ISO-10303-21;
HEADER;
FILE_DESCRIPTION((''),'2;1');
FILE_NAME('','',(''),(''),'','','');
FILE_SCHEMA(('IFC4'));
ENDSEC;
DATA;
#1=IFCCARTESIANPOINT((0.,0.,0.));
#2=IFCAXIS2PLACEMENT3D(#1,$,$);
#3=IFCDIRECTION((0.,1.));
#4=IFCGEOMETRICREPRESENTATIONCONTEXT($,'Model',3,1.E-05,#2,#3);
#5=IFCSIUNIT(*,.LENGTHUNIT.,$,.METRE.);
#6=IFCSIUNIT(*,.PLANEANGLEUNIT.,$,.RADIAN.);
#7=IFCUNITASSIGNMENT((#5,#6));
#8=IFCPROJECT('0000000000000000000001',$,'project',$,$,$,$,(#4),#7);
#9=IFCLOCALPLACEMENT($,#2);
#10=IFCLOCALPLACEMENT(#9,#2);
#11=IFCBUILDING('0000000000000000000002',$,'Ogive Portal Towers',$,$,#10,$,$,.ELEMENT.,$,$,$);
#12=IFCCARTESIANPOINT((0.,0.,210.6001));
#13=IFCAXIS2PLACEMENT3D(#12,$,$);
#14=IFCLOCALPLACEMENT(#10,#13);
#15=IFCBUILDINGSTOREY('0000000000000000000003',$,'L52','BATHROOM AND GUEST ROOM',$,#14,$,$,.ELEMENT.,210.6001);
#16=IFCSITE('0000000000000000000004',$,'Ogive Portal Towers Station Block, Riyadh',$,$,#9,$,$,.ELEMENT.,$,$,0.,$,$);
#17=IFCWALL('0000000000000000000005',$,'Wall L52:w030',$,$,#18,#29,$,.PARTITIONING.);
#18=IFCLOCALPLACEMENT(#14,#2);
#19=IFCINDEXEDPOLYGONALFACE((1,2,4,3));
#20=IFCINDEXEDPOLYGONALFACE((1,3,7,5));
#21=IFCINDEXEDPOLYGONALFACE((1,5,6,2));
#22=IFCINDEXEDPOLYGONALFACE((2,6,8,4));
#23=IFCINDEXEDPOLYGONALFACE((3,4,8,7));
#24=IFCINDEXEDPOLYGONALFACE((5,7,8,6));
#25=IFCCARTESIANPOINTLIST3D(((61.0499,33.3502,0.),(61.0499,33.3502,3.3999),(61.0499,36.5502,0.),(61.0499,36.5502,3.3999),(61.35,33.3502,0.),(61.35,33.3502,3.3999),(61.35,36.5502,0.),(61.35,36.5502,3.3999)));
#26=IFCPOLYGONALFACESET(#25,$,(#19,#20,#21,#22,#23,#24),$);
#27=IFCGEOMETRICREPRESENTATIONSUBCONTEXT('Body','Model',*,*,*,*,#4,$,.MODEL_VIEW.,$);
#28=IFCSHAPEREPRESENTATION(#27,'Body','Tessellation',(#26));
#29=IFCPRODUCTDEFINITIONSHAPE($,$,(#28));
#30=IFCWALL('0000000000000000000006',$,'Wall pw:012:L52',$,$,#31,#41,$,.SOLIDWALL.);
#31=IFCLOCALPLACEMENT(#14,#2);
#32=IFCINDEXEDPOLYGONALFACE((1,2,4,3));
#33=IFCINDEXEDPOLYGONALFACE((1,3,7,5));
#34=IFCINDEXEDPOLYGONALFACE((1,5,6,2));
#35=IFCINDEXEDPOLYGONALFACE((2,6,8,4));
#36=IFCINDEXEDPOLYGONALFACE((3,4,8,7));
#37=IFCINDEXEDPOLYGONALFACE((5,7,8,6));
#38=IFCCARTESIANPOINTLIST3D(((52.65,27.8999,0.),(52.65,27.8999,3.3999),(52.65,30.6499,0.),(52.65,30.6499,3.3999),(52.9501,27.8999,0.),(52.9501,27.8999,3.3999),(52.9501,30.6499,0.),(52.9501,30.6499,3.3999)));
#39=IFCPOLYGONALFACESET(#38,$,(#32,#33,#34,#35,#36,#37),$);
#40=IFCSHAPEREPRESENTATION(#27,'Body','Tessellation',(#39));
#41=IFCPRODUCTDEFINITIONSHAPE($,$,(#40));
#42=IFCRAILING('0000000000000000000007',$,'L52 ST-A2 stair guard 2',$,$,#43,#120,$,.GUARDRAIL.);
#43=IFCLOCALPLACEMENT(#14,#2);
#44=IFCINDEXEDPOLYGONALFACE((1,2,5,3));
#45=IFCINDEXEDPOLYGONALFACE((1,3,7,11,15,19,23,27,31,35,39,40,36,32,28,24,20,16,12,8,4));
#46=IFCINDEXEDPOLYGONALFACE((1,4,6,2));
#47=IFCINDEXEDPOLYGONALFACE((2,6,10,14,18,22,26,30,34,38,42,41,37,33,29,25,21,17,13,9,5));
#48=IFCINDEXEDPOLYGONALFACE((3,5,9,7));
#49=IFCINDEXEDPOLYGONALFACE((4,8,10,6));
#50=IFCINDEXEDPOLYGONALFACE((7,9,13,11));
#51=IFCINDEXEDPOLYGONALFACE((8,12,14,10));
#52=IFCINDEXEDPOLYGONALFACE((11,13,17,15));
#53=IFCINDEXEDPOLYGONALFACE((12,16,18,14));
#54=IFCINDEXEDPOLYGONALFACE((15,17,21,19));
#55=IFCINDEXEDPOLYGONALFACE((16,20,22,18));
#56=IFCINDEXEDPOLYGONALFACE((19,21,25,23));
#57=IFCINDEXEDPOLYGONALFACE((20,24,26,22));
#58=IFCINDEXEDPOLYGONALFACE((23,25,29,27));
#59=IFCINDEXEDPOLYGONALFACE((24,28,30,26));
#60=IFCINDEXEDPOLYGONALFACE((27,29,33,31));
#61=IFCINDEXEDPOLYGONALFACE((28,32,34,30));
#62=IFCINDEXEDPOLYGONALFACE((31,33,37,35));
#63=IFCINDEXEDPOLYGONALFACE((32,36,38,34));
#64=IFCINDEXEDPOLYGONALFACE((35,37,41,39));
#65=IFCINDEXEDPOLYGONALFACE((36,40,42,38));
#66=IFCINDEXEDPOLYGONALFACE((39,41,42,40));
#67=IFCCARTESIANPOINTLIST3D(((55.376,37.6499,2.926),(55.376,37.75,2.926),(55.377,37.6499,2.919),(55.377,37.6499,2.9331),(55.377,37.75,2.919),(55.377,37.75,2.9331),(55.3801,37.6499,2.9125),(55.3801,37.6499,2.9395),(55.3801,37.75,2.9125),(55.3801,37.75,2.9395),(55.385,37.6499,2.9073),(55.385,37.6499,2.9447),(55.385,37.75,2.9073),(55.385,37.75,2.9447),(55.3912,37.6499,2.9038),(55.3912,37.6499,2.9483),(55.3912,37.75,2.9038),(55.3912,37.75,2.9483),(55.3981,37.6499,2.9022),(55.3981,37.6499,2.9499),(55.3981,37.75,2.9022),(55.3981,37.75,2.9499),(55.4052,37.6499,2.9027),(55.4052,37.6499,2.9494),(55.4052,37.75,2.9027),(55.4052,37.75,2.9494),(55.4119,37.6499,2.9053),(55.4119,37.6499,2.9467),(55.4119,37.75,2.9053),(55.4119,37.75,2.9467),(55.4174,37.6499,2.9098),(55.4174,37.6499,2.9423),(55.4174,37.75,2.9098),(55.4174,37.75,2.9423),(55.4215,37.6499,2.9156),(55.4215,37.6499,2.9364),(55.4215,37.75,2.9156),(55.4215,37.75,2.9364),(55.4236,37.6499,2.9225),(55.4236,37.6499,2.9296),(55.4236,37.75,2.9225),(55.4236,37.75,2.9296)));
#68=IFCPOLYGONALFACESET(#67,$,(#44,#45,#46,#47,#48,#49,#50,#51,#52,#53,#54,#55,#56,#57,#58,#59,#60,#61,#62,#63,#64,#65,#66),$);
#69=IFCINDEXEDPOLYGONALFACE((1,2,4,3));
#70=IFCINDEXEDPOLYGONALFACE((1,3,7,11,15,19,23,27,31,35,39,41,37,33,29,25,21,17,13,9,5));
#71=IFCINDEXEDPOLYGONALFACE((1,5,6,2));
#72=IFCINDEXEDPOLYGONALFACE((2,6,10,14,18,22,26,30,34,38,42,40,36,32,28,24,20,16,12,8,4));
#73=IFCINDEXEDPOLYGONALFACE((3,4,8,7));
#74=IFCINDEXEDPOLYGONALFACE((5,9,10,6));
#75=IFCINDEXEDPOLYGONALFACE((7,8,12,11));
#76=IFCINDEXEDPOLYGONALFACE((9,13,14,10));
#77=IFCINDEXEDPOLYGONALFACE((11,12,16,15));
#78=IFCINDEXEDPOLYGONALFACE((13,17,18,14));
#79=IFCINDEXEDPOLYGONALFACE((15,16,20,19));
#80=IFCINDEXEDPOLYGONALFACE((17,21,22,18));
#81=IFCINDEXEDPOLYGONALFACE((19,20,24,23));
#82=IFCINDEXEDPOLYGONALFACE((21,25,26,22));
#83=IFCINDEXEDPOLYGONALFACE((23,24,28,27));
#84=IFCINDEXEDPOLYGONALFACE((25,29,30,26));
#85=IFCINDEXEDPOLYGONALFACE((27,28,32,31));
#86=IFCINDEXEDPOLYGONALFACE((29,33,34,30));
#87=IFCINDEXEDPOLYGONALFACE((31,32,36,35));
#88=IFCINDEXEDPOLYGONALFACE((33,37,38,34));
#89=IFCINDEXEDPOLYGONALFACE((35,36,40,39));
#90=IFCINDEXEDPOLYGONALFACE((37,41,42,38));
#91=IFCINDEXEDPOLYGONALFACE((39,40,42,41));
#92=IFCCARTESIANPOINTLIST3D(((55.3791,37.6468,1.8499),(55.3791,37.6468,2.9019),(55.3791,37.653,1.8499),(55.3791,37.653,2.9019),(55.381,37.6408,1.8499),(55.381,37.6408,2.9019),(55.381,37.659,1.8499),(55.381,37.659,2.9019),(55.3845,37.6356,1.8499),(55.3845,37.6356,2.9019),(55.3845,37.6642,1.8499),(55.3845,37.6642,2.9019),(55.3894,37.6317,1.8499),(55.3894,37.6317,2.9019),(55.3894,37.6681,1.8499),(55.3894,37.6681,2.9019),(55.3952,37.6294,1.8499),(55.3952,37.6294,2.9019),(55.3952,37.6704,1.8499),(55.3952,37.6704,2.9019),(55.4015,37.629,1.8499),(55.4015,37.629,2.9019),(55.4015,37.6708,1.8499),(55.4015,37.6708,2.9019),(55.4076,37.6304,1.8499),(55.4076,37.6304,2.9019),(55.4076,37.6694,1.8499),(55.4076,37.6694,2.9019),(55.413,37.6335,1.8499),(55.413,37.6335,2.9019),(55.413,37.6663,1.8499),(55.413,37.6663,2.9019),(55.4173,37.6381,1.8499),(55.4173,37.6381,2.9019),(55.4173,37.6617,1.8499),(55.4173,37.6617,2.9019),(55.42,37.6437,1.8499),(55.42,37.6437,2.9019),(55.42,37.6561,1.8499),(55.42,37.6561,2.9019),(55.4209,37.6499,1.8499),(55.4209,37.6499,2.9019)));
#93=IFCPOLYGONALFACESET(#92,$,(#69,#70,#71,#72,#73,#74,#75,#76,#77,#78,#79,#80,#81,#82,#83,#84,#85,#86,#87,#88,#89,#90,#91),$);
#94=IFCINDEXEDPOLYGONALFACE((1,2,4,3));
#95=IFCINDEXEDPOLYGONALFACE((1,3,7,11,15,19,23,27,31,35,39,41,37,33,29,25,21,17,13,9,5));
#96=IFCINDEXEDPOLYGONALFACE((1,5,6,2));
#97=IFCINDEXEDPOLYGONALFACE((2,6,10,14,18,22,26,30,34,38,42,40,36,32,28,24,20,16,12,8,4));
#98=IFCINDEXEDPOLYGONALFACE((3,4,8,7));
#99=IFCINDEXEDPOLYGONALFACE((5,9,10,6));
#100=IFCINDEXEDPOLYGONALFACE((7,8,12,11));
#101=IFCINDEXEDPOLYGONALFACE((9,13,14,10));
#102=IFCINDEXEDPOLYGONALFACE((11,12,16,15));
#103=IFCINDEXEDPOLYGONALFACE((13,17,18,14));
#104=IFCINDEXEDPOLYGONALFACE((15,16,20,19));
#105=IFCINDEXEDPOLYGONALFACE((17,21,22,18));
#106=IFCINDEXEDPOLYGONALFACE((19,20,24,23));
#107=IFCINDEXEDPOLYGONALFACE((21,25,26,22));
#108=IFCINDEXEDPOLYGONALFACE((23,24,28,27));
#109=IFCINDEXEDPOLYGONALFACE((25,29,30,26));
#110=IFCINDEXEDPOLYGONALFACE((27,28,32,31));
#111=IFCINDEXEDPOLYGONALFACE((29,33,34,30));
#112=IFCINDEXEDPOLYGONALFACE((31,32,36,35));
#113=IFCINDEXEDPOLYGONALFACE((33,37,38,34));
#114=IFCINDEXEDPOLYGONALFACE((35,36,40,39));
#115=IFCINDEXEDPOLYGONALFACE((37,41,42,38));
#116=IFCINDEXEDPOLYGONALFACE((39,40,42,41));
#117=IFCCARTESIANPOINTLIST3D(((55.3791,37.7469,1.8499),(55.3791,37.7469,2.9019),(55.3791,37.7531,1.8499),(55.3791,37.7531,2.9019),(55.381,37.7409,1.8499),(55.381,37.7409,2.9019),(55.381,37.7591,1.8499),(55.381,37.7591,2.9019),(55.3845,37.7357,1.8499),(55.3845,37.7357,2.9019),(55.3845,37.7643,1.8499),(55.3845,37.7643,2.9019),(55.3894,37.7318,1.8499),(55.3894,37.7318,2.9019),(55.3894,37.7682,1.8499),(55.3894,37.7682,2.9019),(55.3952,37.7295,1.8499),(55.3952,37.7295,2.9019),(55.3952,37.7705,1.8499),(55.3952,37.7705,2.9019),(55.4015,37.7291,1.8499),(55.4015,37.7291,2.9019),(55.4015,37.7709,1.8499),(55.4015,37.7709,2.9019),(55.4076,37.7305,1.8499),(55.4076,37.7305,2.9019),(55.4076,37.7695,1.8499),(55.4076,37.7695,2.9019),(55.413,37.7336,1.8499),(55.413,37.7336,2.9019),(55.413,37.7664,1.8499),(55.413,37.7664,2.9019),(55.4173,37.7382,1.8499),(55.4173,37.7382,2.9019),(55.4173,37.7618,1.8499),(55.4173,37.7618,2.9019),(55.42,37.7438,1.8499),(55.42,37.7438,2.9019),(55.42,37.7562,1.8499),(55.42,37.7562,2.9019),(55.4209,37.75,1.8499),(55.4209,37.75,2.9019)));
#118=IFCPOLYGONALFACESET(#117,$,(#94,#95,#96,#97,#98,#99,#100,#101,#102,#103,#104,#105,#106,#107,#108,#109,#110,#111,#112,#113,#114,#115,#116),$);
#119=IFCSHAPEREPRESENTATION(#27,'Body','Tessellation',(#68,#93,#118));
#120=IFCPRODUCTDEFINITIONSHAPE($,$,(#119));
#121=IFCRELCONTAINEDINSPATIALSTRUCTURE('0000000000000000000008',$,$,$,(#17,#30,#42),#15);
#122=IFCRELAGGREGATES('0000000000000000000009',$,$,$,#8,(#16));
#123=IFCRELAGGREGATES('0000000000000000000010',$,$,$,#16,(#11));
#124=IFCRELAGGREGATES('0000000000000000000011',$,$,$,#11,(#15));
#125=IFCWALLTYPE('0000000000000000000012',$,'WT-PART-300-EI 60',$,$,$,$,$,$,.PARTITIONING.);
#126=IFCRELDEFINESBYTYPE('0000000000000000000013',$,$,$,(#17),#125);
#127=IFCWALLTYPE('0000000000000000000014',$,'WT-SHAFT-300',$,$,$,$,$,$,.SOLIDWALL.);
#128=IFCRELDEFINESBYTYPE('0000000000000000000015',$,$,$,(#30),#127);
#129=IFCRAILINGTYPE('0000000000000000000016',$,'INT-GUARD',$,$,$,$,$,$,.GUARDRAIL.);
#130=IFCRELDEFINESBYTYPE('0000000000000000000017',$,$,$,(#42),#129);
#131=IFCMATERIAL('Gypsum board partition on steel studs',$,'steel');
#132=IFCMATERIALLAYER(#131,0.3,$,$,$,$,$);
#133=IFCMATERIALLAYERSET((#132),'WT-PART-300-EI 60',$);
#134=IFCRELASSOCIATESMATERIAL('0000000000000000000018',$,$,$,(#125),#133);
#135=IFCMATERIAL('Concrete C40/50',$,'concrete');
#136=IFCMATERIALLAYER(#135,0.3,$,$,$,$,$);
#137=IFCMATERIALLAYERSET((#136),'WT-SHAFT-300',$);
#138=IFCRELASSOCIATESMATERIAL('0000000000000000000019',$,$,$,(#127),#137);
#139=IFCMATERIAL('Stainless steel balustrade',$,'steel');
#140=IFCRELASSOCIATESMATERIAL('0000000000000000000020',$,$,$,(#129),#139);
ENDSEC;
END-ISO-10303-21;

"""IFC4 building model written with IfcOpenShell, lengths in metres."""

from ifc_helpers import new_model, si_unit, direction, frame, frame_2d, origin, origin_2d, place, context, subcontext, project, spatial, rectangle, circle, extrude, material, layer, layer_set, type_object, element, save


model = new_model("IFC4")

# Units and contexts
model_context = context("Model", 3, precision=1e-05, world=origin(), true_north=direction((0.0, 1.0)))
body_context = subcontext(model_context, "Body", "Model", "MODEL_VIEW")
ifc_project = project(units=[si_unit("LENGTHUNIT", "METRE"), si_unit("PLANEANGLEUNIT", "RADIAN")], contexts=[model_context])

# Site, building, storey
site_placement = place(None, origin())
site = spatial("IfcSite", under=ifc_project, at=site_placement, Name="Ogive Portal Towers Station Block, Riyadh", CompositionType="ELEMENT", RefElevation=0.0)
building_placement = place(site_placement, origin())
building = spatial("IfcBuilding", under=site, at=building_placement, Name="Ogive Portal Towers", CompositionType="ELEMENT")
storey_placement = place(building_placement, frame((0.0, 0.0, 210.6001)))
storey = spatial("IfcBuildingStorey", under=building, at=storey_placement, Name="L52", Description="BATHROOM AND GUEST ROOM", CompositionType="ELEMENT", Elevation=210.6001)

# Shared definitions
ifc_material_1 = material(Name="Gypsum board partition on steel studs", Category="steel")

# Shared definitions
ifc_layer_1 = layer(ifc_material_1, 0.3)
ifc_layer_set_1 = layer_set([ifc_layer_1], Name="WT-PART-300-EI 60")
wall_type_1 = type_object("IfcWallType", Name="WT-PART-300-EI 60", PredefinedType="PARTITIONING", material=ifc_layer_set_1)

# Walls
wall_1_placement = place(storey_placement, frame((61.2, 33.3501, 0.0), z_axis=(0.0, 0.0, 1.0), x_axis=(0.0, 1.0, 0.0)))
element("IfcWall", 1, at=wall_1_placement, inside=storey, type_object=wall_type_1, Name="Wall L52:w030", PredefinedType="PARTITIONING", context=body_context, shape_type="SweptSolid", body=[
    extrude(rectangle(XDim=3.2, YDim=0.3, at=frame_2d((1.6001, 0.0))), origin(), (0.0, 0.0, 1.0), 3.3999),
])
ifc_material_2 = material(Name="Concrete C40/50", Category="concrete")
ifc_layer_2 = layer(ifc_material_2, 0.3)
ifc_layer_set_2 = layer_set([ifc_layer_2], Name="WT-SHAFT-300")
wall_type_2 = type_object("IfcWallType", Name="WT-SHAFT-300", PredefinedType="SOLIDWALL", material=ifc_layer_set_2)
wall_2_placement = place(storey_placement, frame((52.8, 27.8999, 0.0), z_axis=(0.0, 0.0, 1.0), x_axis=(0.0, 1.0, 0.0)))
element("IfcWall", 2, at=wall_2_placement, inside=storey, type_object=wall_type_2, Name="Wall pw:012:L52", PredefinedType="SOLIDWALL", context=body_context, shape_type="SweptSolid", body=[
    extrude(rectangle(XDim=2.75, YDim=0.3, at=frame_2d((1.375, 0.0))), origin(), (0.0, 0.0, 1.0), 3.3999),
])

# Railing
ifc_material_3 = material(Name="Stainless steel balustrade", Category="steel")
railing_type = type_object("IfcRailingType", Name="INT-GUARD", PredefinedType="GUARDRAIL", material=ifc_material_3)
railing_placement = place(storey_placement, frame((55.3999, 37.6499, 1.8499)))
element("IfcRailing", 3, at=railing_placement, inside=storey, type_object=railing_type, Name="L52 ST-A2 stair guard 2", PredefinedType="GUARDRAIL", context=body_context, shape_type="SweptSolid", body=[
    extrude(circle(Radius=0.0239, at=origin_2d()), frame((0.0, 0.0, 1.0762), z_axis=(0.0, 1.0, 0.0), x_axis=(-1.0, 0.0, 0.0)), (0.0, 0.0, 1.0), 0.1001),
    extrude(circle(Radius=0.021, at=origin_2d()), origin(), (0.0, 0.0, 1.0), 1.052),
    extrude(circle(Radius=0.021, at=origin_2d()), frame((0.0, 0.1001, 0.0)), (0.0, 0.0, 1.0), 1.052),
])

save(model, "model.ifc")
